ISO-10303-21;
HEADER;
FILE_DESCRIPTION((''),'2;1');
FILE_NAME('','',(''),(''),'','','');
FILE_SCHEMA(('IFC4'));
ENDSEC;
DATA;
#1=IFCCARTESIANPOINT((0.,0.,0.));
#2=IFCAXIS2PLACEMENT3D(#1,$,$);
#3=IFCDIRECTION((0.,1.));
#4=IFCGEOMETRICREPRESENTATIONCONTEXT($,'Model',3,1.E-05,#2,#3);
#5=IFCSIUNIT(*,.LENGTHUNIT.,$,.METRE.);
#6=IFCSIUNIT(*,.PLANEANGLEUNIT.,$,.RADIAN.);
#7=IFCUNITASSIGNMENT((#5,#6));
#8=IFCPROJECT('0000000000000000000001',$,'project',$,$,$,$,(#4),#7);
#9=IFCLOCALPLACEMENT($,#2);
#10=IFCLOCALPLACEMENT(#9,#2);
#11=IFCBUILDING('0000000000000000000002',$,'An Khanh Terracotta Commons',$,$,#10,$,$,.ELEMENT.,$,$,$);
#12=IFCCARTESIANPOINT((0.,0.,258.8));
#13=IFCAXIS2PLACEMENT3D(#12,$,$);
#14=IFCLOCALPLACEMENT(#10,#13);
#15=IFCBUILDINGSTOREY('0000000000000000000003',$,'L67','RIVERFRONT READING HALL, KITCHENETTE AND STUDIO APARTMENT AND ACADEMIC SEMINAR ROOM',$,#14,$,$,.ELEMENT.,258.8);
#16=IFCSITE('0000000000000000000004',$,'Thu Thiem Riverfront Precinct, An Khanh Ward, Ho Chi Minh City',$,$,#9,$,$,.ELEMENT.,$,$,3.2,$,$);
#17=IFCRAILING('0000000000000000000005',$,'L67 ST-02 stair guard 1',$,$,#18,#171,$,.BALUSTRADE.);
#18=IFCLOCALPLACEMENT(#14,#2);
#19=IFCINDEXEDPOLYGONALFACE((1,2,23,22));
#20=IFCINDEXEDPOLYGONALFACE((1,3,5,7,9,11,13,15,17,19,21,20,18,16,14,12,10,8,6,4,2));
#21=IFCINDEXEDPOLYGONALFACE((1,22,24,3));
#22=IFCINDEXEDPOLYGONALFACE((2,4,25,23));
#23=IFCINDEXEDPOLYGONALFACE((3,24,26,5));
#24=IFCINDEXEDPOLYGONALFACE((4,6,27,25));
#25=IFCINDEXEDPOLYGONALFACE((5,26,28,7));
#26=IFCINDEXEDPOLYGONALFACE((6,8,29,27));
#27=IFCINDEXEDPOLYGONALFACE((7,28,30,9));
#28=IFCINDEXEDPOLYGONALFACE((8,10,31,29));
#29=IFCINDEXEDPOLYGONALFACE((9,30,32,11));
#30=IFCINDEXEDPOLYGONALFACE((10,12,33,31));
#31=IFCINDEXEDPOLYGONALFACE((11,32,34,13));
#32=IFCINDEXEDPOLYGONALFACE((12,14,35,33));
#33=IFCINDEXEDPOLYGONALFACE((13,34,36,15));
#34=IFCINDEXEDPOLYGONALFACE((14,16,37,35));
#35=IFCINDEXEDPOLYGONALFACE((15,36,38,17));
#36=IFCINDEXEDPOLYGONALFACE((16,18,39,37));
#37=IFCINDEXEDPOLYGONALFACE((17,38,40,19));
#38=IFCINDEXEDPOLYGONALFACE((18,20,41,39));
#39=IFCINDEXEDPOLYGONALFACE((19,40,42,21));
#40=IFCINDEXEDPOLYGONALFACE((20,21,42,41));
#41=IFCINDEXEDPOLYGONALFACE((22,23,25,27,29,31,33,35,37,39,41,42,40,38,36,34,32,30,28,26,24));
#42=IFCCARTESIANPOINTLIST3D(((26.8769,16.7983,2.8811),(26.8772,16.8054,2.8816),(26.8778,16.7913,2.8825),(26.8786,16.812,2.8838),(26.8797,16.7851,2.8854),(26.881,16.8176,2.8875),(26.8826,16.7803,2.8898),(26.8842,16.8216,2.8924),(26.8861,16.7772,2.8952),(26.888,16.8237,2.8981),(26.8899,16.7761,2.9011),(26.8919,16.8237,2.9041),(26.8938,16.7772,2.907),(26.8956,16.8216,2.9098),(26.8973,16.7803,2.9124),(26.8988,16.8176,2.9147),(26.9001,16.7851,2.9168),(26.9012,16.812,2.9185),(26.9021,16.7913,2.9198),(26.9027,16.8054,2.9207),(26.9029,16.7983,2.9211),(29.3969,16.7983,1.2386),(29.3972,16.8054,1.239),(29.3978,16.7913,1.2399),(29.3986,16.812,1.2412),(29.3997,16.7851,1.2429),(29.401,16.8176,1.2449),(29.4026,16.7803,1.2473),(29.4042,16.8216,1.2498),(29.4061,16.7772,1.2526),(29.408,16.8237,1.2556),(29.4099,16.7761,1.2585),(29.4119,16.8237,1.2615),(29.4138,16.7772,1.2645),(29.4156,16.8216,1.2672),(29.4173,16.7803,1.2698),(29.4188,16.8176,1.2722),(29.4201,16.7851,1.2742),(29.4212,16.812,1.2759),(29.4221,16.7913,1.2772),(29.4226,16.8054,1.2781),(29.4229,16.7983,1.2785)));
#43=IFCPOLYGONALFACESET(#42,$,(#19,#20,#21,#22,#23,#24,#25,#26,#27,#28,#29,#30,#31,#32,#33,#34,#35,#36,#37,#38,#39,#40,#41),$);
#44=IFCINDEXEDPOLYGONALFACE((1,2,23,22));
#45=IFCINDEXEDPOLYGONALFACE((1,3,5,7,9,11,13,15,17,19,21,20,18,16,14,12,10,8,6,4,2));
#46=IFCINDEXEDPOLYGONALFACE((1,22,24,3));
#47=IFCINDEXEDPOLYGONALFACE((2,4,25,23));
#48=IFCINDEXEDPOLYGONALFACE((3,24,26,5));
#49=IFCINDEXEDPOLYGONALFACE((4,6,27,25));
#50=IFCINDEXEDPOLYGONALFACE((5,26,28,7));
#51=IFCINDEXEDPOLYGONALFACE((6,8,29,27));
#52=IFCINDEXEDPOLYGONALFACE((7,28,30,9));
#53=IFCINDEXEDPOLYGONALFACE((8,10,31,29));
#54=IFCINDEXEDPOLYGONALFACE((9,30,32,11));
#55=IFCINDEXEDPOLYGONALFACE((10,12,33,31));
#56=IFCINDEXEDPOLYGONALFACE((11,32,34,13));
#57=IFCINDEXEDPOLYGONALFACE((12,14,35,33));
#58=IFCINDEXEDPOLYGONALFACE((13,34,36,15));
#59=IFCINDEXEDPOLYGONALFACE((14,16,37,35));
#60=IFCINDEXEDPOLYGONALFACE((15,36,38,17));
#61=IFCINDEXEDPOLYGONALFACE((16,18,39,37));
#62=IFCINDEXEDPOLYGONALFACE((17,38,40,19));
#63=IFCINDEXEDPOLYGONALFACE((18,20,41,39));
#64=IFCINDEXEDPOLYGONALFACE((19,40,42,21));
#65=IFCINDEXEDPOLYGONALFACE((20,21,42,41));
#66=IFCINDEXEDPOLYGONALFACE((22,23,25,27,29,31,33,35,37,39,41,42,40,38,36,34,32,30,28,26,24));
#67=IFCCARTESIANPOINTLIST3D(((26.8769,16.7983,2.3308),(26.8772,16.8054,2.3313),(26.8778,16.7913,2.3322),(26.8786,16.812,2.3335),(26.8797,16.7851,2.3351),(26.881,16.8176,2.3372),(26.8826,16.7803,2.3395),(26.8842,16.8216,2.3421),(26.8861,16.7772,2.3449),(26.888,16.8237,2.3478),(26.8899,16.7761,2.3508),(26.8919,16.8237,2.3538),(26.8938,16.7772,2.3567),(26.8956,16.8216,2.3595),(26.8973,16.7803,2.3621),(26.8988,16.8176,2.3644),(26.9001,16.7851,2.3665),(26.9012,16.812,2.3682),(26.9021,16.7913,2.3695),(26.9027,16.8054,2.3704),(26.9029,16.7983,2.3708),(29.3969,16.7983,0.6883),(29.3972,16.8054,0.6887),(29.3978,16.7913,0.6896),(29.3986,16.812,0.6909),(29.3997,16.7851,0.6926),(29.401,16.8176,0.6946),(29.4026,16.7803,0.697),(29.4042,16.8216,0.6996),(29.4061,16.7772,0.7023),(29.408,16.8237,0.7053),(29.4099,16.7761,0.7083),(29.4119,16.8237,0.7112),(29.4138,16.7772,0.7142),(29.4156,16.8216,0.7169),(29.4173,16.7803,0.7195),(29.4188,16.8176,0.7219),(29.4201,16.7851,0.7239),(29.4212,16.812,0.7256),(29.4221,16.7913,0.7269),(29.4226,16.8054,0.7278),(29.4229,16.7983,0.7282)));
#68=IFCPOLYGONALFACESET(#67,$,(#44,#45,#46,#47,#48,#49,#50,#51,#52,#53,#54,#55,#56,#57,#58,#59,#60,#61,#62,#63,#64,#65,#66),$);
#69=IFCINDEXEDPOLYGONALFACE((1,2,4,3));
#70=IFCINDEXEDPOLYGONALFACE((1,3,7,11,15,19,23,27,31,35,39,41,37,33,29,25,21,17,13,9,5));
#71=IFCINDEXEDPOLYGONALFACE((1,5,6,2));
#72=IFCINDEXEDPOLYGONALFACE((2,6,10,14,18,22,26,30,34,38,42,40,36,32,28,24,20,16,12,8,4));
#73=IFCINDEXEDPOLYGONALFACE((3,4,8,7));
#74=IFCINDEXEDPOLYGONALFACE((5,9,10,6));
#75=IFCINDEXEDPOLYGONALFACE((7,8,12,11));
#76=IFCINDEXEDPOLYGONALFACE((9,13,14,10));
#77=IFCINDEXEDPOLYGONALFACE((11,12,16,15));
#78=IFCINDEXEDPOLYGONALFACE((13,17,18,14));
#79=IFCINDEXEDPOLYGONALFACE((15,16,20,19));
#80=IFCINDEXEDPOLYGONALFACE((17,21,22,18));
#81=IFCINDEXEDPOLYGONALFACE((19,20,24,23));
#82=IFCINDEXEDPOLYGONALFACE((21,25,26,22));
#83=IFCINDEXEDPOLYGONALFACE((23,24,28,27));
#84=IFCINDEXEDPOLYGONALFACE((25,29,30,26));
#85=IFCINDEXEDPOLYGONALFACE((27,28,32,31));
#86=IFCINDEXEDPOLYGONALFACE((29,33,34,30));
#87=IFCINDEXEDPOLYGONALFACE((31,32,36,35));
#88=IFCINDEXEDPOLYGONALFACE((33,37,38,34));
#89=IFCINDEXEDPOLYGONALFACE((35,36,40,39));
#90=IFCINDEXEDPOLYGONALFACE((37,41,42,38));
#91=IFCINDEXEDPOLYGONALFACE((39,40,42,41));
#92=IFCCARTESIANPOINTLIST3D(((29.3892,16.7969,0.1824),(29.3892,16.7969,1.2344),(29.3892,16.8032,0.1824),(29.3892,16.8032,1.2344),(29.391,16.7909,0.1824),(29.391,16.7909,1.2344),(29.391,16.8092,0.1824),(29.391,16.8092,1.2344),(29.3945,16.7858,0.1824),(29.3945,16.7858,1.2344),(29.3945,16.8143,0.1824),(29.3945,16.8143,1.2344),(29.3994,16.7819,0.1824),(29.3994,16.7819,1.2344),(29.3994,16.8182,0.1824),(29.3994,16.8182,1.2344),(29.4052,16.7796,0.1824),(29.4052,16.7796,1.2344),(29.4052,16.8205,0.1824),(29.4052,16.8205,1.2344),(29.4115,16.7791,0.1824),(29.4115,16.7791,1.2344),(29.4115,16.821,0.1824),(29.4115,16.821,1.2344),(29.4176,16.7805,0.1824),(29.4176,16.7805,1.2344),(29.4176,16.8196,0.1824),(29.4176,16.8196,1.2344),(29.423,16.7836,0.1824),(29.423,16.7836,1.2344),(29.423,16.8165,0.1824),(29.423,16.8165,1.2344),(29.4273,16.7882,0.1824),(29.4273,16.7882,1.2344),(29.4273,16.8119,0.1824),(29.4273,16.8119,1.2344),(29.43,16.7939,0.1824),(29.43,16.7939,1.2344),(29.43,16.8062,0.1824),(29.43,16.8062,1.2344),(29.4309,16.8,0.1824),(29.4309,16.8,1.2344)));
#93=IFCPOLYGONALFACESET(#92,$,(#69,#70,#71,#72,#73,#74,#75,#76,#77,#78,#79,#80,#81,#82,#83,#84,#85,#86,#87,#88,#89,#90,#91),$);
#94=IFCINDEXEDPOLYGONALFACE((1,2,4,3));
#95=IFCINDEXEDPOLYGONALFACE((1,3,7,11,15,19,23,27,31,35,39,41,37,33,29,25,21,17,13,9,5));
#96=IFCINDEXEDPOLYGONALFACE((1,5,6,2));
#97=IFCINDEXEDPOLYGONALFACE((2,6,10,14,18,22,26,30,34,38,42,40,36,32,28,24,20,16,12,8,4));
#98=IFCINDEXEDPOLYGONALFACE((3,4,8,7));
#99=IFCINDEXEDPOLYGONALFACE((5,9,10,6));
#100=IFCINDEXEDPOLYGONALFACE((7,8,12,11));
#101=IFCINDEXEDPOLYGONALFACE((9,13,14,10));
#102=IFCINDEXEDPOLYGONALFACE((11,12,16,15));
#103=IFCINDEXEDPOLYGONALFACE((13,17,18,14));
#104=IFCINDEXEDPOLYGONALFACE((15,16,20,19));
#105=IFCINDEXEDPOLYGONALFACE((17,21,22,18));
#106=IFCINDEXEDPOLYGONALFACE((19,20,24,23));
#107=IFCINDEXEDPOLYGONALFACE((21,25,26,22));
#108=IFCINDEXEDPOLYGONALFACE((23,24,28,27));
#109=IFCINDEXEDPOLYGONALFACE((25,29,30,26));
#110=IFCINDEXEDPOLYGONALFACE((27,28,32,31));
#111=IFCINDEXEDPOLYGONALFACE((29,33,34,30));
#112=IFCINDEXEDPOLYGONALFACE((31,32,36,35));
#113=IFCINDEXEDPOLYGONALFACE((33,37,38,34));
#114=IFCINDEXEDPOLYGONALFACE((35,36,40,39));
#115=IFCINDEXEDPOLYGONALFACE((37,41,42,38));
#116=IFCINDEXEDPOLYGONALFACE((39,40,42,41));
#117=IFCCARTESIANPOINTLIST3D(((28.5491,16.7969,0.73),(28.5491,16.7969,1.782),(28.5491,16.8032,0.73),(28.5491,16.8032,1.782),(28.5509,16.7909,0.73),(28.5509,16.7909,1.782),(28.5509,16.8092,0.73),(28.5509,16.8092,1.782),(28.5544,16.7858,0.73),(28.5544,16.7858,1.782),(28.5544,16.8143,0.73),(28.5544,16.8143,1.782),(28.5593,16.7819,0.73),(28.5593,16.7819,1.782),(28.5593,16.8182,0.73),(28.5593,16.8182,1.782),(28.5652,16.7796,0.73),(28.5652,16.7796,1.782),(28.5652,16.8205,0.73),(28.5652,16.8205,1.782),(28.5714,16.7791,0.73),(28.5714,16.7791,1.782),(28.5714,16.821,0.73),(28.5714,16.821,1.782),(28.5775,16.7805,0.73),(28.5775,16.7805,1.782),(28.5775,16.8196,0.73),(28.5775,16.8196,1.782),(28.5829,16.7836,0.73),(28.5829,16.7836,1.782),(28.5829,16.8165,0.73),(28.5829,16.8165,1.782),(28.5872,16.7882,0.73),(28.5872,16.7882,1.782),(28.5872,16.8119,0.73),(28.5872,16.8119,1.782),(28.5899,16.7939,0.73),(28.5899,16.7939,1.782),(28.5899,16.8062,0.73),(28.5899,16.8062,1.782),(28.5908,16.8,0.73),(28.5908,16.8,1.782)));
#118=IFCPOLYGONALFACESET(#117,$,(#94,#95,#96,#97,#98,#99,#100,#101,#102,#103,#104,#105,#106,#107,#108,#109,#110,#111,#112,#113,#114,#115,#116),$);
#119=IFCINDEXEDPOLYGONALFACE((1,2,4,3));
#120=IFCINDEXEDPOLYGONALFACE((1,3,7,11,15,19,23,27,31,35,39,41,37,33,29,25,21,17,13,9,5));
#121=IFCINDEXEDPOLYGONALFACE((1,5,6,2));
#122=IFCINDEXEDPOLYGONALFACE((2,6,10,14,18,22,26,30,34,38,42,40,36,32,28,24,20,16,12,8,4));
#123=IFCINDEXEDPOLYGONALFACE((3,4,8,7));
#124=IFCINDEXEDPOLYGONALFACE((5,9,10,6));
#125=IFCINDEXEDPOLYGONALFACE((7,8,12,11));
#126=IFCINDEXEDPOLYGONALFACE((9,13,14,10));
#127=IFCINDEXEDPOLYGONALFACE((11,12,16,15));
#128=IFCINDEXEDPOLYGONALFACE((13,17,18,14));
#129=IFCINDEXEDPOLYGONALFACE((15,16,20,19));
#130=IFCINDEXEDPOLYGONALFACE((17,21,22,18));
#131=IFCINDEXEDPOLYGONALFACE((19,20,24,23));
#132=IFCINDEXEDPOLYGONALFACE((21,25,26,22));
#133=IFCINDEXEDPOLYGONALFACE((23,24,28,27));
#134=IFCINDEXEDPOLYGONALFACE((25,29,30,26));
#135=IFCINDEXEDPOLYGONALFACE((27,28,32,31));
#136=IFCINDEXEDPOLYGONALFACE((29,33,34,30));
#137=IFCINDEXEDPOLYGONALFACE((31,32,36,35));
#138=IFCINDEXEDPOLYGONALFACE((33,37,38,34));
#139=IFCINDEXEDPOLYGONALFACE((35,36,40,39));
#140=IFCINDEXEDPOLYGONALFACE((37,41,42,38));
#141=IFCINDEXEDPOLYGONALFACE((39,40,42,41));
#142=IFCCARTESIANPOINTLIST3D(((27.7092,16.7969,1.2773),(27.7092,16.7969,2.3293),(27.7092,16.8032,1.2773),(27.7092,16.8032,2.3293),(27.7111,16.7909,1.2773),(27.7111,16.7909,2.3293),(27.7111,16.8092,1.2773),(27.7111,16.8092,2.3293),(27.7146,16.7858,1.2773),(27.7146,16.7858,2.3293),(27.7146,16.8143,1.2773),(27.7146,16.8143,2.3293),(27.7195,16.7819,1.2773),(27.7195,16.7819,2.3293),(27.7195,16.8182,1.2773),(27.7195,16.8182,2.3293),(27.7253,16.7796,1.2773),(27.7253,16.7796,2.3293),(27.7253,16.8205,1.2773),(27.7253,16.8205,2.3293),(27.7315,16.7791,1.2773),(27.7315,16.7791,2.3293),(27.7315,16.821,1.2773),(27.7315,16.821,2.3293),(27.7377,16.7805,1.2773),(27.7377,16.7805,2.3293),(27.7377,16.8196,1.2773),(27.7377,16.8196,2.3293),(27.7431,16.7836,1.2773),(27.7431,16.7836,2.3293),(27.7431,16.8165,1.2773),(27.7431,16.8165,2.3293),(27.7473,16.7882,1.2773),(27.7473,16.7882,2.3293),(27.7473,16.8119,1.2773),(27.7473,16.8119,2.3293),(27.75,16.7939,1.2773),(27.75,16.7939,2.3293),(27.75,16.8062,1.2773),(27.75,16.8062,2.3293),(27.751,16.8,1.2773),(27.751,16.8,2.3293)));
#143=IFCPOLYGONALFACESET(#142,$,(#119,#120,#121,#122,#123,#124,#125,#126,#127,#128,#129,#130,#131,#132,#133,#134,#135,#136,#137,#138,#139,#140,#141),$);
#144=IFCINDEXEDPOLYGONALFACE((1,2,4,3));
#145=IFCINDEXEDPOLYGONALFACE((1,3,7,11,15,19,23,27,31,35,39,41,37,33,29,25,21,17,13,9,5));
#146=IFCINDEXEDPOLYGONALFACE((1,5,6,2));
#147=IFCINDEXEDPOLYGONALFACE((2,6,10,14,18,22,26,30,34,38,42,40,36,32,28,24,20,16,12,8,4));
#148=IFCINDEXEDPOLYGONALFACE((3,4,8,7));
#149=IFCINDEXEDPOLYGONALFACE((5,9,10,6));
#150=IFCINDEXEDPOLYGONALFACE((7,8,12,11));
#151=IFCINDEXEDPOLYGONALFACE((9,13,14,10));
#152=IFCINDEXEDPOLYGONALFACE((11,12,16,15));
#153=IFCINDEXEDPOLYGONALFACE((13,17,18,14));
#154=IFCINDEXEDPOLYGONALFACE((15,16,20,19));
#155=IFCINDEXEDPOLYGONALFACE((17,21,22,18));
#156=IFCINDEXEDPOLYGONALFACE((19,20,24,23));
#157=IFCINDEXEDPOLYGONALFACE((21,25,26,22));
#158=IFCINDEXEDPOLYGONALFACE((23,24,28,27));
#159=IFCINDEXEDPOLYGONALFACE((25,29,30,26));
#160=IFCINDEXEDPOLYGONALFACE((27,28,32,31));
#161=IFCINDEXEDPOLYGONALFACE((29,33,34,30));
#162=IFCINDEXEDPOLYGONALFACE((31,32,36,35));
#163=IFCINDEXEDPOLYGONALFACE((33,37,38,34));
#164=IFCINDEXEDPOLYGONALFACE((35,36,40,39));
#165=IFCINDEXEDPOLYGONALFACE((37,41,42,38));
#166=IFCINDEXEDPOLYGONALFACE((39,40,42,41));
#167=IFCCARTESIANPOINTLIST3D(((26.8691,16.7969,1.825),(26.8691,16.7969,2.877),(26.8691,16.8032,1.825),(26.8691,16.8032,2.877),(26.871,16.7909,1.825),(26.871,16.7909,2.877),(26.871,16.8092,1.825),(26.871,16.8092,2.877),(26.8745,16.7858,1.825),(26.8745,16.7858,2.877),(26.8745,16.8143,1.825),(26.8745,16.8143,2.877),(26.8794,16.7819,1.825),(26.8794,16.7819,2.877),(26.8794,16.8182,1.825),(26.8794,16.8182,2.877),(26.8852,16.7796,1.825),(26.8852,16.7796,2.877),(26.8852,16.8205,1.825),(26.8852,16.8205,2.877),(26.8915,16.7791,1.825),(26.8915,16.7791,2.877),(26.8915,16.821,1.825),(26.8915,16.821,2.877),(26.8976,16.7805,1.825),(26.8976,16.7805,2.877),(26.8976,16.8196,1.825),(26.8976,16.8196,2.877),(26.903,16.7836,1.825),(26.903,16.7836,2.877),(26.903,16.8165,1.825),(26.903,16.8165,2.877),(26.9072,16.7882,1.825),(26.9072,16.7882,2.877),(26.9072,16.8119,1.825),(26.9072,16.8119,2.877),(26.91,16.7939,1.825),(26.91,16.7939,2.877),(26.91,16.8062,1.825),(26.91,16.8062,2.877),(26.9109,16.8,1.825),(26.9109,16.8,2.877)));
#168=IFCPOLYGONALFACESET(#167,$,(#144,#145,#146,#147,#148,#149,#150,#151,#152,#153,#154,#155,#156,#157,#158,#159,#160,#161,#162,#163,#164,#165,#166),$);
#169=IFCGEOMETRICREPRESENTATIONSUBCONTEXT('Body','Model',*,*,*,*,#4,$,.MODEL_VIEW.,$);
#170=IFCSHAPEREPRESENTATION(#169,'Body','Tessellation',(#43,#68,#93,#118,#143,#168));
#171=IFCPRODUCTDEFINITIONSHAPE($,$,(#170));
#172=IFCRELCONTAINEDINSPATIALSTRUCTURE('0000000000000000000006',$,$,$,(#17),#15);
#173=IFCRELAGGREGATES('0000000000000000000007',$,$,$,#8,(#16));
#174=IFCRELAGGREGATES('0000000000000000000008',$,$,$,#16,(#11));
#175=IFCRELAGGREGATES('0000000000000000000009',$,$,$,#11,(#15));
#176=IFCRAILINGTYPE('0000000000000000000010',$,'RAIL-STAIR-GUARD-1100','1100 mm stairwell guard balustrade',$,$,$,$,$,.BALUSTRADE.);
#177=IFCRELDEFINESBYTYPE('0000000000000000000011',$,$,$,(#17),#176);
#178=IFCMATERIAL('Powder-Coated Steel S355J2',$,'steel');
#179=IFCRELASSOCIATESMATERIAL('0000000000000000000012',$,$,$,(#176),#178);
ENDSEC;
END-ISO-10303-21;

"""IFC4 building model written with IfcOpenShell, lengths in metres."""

from ifc_helpers import new_model, si_unit, direction, frame, origin, origin_2d, place, context, subcontext, project, spatial, circle, extrude, material, type_object, element, save


model = new_model("IFC4")

# Units and contexts
model_context = context("Model", 3, precision=1e-05, world=origin(), true_north=direction((0.0, 1.0)))
body_context = subcontext(model_context, "Body", "Model", "MODEL_VIEW")
ifc_project = project(units=[si_unit("LENGTHUNIT", "METRE"), si_unit("PLANEANGLEUNIT", "RADIAN")], contexts=[model_context])

# Site, building, storey
site_placement = place(None, origin())
site = spatial("IfcSite", under=ifc_project, at=site_placement, Name="Thu Thiem Riverfront Precinct, An Khanh Ward, Ho Chi Minh City", CompositionType="ELEMENT", RefElevation=3.2)
building_placement = place(site_placement, origin())
building = spatial("IfcBuilding", under=site, at=building_placement, Name="An Khanh Terracotta Commons", CompositionType="ELEMENT")
storey_placement = place(building_placement, frame((0.0, 0.0, 258.8)))
storey = spatial("IfcBuildingStorey", under=building, at=storey_placement, Name="L67", Description="RIVERFRONT READING HALL, KITCHENETTE AND STUDIO APARTMENT AND ACADEMIC SEMINAR ROOM", CompositionType="ELEMENT", Elevation=258.8)

# Railing
ifc_material_1 = material(Name="Powder-Coated Steel S355J2", Category="steel")
railing_type_1 = type_object("IfcRailingType", Name="RAIL-STAIR-GUARD-1100", Description="1100 mm stairwell guard balustrade", PredefinedType="BALUSTRADE", material=ifc_material_1)
railing_1_placement = place(storey_placement, frame((29.4099, 16.8, 0.1824)))
element("IfcRailing", 1, at=railing_1_placement, inside=storey, type_object=railing_type_1, Name="L67 ST-02 stair guard 1", PredefinedType="BALUSTRADE", context=body_context, shape_type="SweptSolid", body=[
    extrude(circle(Radius=0.0239, at=origin_2d()), frame((0.0, 0.0, 1.0762), z_axis=(-0.837749, 0.0, 0.546055), x_axis=(0.0, -1.0, 0.0)), (0.0, 0.0, 1.0), 3.0081),
    extrude(circle(Radius=0.0239, at=origin_2d()), frame((0.0, 0.0, 0.5259), z_axis=(-0.837749, 0.0, 0.546055), x_axis=(0.0, -1.0, 0.0)), (0.0, 0.0, 1.0), 3.0081),
    extrude(circle(Radius=0.021, at=origin_2d()), origin(), (0.0, 0.0, 1.0), 1.052),
    extrude(circle(Radius=0.021, at=origin_2d()), frame((-0.8401, 0.0, 0.5476)), (0.0, 0.0, 1.0), 1.052),
    extrude(circle(Radius=0.021, at=origin_2d()), frame((-1.6799, 0.0, 1.095)), (0.0, 0.0, 1.0), 1.052),
    extrude(circle(Radius=0.021, at=origin_2d()), frame((-2.52, 0.0, 1.6426)), (0.0, 0.0, 1.0), 1.052),
])

save(model, "model.ifc")
